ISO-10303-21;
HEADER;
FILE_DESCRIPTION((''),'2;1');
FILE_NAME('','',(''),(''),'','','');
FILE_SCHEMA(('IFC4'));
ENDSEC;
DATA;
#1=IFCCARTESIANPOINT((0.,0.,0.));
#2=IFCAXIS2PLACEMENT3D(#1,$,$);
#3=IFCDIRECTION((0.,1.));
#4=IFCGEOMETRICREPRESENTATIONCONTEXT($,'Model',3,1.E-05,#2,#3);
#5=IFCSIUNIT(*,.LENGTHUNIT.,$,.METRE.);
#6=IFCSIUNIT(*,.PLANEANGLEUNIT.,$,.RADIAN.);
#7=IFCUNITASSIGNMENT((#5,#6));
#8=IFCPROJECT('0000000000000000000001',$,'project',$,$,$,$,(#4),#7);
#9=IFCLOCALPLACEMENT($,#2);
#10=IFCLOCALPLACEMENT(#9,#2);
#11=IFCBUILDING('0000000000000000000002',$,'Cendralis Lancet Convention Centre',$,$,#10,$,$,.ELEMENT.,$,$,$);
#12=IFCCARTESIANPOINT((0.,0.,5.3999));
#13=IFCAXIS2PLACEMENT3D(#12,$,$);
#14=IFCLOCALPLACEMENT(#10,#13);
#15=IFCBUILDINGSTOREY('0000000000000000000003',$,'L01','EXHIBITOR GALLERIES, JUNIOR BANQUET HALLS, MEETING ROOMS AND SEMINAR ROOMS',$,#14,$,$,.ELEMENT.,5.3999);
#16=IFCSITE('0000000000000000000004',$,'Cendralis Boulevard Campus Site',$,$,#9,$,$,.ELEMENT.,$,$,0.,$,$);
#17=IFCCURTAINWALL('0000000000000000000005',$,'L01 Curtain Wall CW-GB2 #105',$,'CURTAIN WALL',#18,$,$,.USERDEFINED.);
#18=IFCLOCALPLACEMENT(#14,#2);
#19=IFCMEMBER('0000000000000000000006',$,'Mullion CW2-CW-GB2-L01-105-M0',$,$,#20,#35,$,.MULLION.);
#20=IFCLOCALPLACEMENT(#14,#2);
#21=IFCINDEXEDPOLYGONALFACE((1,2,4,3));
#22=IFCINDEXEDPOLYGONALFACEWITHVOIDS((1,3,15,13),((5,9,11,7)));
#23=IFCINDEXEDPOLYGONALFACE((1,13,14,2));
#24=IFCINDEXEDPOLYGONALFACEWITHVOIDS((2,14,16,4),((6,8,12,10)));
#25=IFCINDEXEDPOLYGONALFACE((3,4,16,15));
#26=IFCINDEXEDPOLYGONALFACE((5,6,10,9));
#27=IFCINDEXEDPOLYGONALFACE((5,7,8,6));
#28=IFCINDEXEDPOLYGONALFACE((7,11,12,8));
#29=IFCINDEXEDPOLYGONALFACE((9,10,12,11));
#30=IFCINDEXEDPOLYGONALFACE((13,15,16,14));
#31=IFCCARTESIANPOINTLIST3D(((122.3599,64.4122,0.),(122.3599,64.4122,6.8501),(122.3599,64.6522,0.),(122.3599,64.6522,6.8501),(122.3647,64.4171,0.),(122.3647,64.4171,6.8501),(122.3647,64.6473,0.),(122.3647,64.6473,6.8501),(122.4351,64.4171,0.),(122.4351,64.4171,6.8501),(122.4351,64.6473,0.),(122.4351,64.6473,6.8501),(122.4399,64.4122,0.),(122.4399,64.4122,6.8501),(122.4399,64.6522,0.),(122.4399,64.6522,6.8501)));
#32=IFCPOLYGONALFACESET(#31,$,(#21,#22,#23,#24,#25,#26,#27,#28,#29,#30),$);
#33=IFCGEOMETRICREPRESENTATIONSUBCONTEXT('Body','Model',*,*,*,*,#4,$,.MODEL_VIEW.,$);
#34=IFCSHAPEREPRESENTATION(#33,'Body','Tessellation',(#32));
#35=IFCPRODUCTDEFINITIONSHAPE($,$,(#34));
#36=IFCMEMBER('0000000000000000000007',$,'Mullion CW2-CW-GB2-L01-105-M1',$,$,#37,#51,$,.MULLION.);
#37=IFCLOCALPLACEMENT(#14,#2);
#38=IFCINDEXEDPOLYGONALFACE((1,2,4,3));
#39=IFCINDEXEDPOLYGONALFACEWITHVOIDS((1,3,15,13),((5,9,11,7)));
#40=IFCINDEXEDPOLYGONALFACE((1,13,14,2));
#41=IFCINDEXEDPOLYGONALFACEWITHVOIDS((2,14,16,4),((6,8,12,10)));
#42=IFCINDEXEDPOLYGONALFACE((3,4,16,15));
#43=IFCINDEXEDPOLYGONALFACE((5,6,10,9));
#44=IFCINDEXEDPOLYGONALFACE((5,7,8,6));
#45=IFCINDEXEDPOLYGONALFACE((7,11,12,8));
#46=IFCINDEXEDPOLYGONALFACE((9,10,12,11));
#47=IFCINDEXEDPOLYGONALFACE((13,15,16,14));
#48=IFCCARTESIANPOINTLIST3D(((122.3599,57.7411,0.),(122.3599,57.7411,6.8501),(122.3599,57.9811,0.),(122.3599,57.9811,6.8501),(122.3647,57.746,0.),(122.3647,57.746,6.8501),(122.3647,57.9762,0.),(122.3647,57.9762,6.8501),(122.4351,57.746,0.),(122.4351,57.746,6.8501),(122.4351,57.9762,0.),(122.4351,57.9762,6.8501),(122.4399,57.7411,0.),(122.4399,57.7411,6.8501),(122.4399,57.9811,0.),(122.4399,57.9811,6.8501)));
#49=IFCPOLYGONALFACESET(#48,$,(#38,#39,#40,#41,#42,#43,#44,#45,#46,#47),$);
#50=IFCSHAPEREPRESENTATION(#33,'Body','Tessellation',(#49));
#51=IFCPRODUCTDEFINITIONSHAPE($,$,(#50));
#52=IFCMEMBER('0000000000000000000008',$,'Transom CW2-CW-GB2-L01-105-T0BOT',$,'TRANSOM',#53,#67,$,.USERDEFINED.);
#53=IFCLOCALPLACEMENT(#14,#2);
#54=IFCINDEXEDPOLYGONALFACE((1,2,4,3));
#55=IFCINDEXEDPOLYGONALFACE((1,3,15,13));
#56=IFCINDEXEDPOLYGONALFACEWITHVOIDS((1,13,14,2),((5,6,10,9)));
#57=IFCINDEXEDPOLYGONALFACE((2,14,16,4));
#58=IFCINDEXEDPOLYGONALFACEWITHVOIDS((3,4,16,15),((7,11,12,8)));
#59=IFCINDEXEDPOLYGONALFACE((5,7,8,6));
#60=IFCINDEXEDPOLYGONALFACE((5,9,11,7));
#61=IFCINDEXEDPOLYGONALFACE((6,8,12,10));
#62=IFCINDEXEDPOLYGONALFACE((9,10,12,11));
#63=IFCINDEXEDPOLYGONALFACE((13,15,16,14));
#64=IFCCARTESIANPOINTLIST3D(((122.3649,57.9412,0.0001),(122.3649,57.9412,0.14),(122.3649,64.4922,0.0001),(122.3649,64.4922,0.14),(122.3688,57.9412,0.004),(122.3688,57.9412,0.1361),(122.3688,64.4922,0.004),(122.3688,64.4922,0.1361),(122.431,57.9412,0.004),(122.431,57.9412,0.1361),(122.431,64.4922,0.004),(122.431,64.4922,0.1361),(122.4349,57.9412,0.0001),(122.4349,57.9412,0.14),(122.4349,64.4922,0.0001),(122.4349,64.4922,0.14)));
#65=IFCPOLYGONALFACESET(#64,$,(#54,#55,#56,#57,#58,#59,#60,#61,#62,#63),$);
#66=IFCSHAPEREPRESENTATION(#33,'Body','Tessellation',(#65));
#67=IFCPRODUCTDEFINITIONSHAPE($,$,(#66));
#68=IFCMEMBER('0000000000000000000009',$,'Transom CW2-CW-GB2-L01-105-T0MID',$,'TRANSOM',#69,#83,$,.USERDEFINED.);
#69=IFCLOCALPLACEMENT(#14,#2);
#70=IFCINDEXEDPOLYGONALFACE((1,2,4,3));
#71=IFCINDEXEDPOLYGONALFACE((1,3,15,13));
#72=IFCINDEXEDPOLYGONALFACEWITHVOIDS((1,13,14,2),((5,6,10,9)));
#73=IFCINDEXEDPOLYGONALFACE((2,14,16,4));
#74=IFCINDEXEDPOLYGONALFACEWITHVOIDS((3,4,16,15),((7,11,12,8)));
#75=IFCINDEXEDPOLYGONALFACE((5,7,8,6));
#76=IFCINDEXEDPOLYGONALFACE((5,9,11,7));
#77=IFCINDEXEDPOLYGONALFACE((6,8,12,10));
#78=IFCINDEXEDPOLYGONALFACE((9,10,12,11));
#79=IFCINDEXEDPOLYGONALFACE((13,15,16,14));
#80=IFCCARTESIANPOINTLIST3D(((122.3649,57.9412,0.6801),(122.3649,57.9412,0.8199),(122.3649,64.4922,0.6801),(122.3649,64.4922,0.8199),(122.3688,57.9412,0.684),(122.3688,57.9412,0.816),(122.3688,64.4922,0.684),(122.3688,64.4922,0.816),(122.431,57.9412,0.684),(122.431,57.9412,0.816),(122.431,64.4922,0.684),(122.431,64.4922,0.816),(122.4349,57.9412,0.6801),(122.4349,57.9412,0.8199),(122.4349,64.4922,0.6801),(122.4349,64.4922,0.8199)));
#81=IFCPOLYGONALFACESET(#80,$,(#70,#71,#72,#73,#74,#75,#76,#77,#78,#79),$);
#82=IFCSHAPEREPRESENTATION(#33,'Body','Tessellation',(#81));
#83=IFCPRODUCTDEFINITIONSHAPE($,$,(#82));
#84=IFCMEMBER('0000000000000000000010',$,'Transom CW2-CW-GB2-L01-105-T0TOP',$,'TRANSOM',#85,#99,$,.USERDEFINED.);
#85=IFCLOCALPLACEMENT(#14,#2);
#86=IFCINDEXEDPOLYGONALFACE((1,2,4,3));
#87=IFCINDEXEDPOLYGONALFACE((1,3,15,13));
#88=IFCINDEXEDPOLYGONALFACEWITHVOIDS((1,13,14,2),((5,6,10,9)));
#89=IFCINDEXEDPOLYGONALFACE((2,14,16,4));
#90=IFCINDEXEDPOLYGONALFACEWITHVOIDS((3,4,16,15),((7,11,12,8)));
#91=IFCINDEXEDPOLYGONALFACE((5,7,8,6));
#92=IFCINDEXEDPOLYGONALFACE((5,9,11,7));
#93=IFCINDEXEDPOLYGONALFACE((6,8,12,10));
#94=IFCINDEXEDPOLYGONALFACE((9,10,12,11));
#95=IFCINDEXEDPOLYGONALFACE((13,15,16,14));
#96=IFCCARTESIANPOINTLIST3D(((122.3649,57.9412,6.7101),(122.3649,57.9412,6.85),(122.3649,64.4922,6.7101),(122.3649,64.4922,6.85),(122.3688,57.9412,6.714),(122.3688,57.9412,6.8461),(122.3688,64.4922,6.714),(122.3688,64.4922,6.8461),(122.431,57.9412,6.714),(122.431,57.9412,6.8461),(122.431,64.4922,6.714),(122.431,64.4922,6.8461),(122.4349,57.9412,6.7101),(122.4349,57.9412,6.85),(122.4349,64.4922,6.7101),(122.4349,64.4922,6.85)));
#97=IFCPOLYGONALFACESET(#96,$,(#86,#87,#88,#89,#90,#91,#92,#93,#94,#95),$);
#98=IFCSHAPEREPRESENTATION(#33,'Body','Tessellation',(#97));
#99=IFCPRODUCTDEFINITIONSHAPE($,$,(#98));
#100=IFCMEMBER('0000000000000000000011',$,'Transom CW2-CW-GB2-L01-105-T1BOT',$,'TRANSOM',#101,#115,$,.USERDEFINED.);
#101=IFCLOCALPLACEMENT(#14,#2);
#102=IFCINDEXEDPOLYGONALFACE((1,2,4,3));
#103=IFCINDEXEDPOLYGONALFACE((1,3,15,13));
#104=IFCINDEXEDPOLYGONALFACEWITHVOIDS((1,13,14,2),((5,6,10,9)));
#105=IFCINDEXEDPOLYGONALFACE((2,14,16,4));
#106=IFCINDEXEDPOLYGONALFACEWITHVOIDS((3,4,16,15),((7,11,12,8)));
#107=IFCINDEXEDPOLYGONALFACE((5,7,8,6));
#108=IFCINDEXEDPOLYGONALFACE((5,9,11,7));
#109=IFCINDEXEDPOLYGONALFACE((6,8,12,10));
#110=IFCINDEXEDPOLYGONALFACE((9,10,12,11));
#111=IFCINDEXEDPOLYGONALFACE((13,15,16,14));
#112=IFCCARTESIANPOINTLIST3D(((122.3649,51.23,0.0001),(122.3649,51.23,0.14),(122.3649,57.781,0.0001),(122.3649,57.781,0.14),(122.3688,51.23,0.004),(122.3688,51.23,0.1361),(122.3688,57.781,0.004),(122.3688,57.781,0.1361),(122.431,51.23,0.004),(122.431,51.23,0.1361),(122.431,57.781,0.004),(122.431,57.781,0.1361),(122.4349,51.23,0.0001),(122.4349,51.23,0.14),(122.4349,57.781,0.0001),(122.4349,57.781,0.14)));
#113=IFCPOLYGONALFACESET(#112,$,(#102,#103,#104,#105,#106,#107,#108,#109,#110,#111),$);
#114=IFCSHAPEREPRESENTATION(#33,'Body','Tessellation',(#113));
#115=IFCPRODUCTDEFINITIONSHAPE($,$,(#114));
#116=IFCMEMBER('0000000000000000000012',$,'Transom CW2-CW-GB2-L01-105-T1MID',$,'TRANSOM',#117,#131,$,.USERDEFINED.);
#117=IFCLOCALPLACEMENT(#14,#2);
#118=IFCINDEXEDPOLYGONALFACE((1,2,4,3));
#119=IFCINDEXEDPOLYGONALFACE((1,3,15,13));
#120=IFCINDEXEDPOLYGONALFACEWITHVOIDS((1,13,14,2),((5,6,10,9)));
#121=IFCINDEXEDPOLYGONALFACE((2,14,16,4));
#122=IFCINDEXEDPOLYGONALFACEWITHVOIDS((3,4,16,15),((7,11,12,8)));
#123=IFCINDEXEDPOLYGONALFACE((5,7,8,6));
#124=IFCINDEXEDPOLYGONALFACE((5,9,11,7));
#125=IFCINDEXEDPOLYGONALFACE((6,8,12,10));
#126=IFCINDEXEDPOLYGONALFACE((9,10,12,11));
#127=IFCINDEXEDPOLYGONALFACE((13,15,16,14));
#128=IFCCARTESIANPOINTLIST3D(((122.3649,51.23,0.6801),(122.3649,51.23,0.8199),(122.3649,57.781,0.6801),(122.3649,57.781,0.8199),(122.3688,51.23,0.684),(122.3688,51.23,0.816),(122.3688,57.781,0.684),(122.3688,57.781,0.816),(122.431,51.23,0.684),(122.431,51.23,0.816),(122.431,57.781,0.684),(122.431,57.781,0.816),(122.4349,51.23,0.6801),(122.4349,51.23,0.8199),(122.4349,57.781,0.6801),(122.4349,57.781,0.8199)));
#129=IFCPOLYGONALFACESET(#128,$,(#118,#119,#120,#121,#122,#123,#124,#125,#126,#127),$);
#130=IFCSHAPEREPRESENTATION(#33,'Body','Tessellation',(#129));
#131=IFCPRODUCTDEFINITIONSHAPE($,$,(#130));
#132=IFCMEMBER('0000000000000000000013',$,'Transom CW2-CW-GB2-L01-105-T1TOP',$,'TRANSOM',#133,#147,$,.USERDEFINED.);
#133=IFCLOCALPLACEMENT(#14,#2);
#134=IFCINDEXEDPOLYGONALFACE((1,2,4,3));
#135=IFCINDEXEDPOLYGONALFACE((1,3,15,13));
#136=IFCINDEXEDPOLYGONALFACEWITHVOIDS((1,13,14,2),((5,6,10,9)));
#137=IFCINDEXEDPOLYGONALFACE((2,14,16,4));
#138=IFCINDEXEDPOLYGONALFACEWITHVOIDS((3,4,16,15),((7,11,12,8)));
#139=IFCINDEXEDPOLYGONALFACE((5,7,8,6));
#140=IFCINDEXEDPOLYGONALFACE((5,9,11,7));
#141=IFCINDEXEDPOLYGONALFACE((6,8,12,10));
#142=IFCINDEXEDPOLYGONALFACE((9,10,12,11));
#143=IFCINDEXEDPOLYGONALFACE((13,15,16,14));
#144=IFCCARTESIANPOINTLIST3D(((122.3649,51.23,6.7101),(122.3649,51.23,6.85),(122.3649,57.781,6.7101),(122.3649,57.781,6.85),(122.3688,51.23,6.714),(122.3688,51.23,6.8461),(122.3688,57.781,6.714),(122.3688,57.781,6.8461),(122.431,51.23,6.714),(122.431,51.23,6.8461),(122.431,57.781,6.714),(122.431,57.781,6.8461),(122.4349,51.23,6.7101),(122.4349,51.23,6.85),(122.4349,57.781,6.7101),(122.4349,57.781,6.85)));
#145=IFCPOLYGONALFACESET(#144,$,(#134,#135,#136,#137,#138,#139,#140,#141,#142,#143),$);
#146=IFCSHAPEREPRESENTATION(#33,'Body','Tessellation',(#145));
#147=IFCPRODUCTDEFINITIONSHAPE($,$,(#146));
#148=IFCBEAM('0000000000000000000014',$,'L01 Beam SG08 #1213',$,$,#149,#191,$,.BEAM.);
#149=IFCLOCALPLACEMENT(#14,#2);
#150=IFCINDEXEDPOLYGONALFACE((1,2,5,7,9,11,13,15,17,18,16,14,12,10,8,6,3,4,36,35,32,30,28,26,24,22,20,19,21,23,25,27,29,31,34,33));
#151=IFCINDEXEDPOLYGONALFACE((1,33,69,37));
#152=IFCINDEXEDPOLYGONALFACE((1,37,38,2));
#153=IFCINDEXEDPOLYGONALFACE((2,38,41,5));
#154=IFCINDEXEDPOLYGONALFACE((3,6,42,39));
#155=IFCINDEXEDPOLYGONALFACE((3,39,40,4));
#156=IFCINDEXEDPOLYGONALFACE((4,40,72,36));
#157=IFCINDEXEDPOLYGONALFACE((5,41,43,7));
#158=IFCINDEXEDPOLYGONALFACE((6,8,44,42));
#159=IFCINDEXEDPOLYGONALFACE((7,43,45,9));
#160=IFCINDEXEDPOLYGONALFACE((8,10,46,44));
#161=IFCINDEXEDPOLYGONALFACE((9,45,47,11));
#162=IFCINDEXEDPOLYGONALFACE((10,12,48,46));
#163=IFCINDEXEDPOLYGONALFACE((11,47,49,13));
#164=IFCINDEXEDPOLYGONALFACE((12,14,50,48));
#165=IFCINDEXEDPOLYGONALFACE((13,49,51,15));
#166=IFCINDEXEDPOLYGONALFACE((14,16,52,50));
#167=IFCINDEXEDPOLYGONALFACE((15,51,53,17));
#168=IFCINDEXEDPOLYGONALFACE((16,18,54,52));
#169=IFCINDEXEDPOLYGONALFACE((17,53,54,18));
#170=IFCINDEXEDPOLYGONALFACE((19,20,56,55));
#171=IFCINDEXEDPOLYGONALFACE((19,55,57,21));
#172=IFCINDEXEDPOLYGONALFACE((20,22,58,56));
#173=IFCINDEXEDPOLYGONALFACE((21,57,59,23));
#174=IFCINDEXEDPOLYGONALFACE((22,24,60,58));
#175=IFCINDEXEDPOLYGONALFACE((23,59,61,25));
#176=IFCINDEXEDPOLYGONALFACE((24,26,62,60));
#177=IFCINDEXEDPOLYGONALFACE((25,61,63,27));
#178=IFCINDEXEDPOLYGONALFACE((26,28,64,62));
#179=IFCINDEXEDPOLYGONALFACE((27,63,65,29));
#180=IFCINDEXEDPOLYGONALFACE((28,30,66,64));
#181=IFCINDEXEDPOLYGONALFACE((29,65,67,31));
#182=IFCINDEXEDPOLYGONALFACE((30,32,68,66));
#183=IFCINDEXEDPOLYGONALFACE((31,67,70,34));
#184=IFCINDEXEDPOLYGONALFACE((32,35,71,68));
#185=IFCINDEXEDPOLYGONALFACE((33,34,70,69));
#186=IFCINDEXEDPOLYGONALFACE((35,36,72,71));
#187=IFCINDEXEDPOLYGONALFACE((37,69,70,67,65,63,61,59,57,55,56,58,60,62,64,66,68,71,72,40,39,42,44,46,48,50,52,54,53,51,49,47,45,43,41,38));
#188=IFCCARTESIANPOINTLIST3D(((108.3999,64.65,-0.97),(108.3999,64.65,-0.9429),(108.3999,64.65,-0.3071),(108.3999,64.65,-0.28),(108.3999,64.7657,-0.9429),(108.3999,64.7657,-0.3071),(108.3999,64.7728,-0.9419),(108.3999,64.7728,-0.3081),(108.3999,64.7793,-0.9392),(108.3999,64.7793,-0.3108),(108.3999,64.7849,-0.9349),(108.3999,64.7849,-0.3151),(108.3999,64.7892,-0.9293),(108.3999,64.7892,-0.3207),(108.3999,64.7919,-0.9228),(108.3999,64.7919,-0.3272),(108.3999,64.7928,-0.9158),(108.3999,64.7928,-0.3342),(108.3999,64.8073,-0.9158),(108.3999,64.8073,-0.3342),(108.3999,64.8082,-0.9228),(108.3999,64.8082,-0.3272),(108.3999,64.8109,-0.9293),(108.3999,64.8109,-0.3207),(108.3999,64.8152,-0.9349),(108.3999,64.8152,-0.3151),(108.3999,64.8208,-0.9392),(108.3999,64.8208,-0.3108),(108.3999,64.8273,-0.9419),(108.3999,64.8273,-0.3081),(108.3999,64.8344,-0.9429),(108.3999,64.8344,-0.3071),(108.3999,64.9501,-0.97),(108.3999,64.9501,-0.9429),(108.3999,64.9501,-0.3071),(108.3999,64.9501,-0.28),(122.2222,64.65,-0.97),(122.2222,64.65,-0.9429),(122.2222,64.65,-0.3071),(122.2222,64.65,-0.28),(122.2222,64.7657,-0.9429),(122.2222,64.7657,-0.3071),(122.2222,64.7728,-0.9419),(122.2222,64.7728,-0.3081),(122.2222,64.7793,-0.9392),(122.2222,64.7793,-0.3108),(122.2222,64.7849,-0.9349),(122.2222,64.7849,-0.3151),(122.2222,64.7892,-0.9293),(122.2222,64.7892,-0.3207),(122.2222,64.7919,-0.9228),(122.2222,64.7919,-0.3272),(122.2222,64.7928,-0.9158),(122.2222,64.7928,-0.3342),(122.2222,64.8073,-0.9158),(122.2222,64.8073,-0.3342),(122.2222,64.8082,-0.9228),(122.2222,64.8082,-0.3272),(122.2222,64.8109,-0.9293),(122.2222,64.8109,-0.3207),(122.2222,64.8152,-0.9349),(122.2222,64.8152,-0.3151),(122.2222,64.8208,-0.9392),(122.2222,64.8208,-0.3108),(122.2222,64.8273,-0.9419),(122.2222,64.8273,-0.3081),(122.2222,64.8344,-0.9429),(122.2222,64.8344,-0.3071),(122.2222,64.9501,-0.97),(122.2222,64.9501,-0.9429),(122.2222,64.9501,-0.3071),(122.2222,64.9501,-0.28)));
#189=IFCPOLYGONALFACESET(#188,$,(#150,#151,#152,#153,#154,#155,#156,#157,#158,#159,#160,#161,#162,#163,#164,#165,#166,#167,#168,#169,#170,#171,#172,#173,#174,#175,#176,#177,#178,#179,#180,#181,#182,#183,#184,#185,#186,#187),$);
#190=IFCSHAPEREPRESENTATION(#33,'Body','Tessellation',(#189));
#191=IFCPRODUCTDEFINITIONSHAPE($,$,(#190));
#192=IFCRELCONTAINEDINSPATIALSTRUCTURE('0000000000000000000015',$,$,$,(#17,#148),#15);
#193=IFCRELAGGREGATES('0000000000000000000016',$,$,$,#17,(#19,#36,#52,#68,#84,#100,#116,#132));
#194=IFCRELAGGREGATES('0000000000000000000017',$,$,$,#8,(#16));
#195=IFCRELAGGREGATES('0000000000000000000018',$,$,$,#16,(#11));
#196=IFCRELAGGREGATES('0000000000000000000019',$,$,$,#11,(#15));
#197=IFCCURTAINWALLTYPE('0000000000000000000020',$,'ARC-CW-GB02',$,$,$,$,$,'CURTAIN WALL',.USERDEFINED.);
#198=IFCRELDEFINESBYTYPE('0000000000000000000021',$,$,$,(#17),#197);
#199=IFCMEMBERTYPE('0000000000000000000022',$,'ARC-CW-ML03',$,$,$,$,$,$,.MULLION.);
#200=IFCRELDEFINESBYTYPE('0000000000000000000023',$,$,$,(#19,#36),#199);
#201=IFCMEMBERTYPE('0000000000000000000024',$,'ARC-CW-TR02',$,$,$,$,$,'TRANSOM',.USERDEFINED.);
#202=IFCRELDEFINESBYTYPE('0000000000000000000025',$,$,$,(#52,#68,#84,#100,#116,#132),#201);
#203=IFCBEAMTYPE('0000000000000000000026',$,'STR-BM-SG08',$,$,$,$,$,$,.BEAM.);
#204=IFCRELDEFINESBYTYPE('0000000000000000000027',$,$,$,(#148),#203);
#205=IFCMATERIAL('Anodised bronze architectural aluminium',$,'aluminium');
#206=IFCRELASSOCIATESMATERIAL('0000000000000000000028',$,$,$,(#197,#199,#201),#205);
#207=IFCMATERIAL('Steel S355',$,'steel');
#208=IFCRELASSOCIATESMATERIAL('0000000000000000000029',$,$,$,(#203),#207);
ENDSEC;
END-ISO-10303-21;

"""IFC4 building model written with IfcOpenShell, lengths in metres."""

from ifc_helpers import new_model, si_unit, direction, frame, origin, origin_2d, place, context, subcontext, project, spatial, hollow_rectangle, i_section, extrude, material, material_profile, profile_set, type_object, element, aggregate, save


model = new_model("IFC4")

# Units and contexts
model_context = context("Model", 3, precision=1e-05, world=origin(), true_north=direction((0.0, 1.0)))
body_context = subcontext(model_context, "Body", "Model", "MODEL_VIEW")
ifc_project = project(units=[si_unit("LENGTHUNIT", "METRE"), si_unit("PLANEANGLEUNIT", "RADIAN")], contexts=[model_context])

# Site, building, storey
site_placement = place(None, origin())
site = spatial("IfcSite", under=ifc_project, at=site_placement, Name="Cendralis Boulevard Campus Site", CompositionType="ELEMENT", RefElevation=0.0)
building_placement = place(site_placement, origin())
building = spatial("IfcBuilding", under=site, at=building_placement, Name="Cendralis Lancet Convention Centre", CompositionType="ELEMENT")
storey_placement = place(building_placement, frame((0.0, 0.0, 5.3999)))
storey = spatial("IfcBuildingStorey", under=building, at=storey_placement, Name="L01", Description="EXHIBITOR GALLERIES, JUNIOR BANQUET HALLS, MEETING ROOMS AND SEMINAR ROOMS", CompositionType="ELEMENT", Elevation=5.3999)

# Curtain wall, members
ifc_material_1 = material(Name="Anodised bronze architectural aluminium", Category="aluminium")
curtain_wall_type = type_object("IfcCurtainWallType", Name="ARC-CW-GB02", ElementType="CURTAIN WALL", PredefinedType="USERDEFINED", material=ifc_material_1)
curtain_wall_placement = place(storey_placement, origin())
curtain_wall = element("IfcCurtainWall", 1, at=curtain_wall_placement, inside=storey, type_object=curtain_wall_type, Name="L01 Curtain Wall CW-GB2 #105", ObjectType="CURTAIN WALL", PredefinedType="USERDEFINED")
ifc_material_profile_1 = material_profile(ifc_material_1, hollow_rectangle(XDim=0.0801, YDim=0.24, WallThickness=0.0049, at=origin_2d()), Name="AL-MULL 80x240x5.0")
ifc_profile_set_1 = profile_set([ifc_material_profile_1], Name="Anodised bronze architectural aluminium")
member_type_1 = type_object("IfcMemberType", Name="ARC-CW-ML03", PredefinedType="MULLION", material=ifc_profile_set_1)
member_1_placement = place(storey_placement, frame((122.3999, 64.5322, 0.0), z_axis=(0.0, 0.0, 1.0), x_axis=(1.0, 0.0, 0.0)))
member_1 = element("IfcMember", 2, at=member_1_placement, type_object=member_type_1, Name="Mullion CW2-CW-GB2-L01-105-M0", PredefinedType="MULLION", context=body_context, shape_type="SweptSolid", body=[
    extrude(hollow_rectangle(XDim=0.0801, YDim=0.24, WallThickness=0.0049, at=origin_2d()), origin(), (0.0, 0.0, 1.0), 6.8501),
])
member_2_placement = place(storey_placement, frame((122.3999, 57.8611, 0.0), z_axis=(0.0, 0.0, 1.0), x_axis=(1.0, 0.0, 0.0)))
member_2 = element("IfcMember", 3, at=member_2_placement, type_object=member_type_1, Name="Mullion CW2-CW-GB2-L01-105-M1", PredefinedType="MULLION", context=body_context, shape_type="SweptSolid", body=[
    extrude(hollow_rectangle(XDim=0.0801, YDim=0.24, WallThickness=0.0049, at=origin_2d()), origin(), (0.0, 0.0, 1.0), 6.8501),
])
ifc_material_profile_2 = material_profile(ifc_material_1, hollow_rectangle(XDim=0.0701, YDim=0.1399, WallThickness=0.0039, at=origin_2d()), Name="AL-TRAN 70x140x4.0")
ifc_profile_set_2 = profile_set([ifc_material_profile_2], Name="Anodised bronze architectural aluminium")
member_type_2 = type_object("IfcMemberType", Name="ARC-CW-TR02", ElementType="TRANSOM", PredefinedType="USERDEFINED", material=ifc_profile_set_2)
member_3_placement = place(storey_placement, frame((122.3999, 64.4922, 0.0701), z_axis=(0.0, -1.0, 0.0), x_axis=(1.0, 0.0, 0.0)))
member_3 = element("IfcMember", 4, at=member_3_placement, type_object=member_type_2, Name="Transom CW2-CW-GB2-L01-105-T0BOT", ObjectType="TRANSOM", PredefinedType="USERDEFINED", context=body_context, shape_type="SweptSolid", body=[
    extrude(hollow_rectangle(XDim=0.0701, YDim=0.1399, WallThickness=0.0039, at=origin_2d()), origin(), (0.0, 0.0, 1.0), 6.551),
])
member_4_placement = place(storey_placement, frame((122.3999, 64.4922, 0.75), z_axis=(0.0, -1.0, 0.0), x_axis=(1.0, 0.0, 0.0)))
member_4 = element("IfcMember", 5, at=member_4_placement, type_object=member_type_2, Name="Transom CW2-CW-GB2-L01-105-T0MID", ObjectType="TRANSOM", PredefinedType="USERDEFINED", context=body_context, shape_type="SweptSolid", body=[
    extrude(hollow_rectangle(XDim=0.0701, YDim=0.1399, WallThickness=0.0039, at=origin_2d()), origin(), (0.0, 0.0, 1.0), 6.551),
])
member_5_placement = place(storey_placement, frame((122.3999, 64.4922, 6.78), z_axis=(0.0, -1.0, 0.0), x_axis=(1.0, 0.0, 0.0)))
member_5 = element("IfcMember", 6, at=member_5_placement, type_object=member_type_2, Name="Transom CW2-CW-GB2-L01-105-T0TOP", ObjectType="TRANSOM", PredefinedType="USERDEFINED", context=body_context, shape_type="SweptSolid", body=[
    extrude(hollow_rectangle(XDim=0.0701, YDim=0.1399, WallThickness=0.0039, at=origin_2d()), origin(), (0.0, 0.0, 1.0), 6.551),
])
member_6_placement = place(storey_placement, frame((122.3999, 57.781, 0.0701), z_axis=(0.0, -1.0, 0.0), x_axis=(1.0, 0.0, 0.0)))
member_6 = element("IfcMember", 7, at=member_6_placement, type_object=member_type_2, Name="Transom CW2-CW-GB2-L01-105-T1BOT", ObjectType="TRANSOM", PredefinedType="USERDEFINED", context=body_context, shape_type="SweptSolid", body=[
    extrude(hollow_rectangle(XDim=0.0701, YDim=0.1399, WallThickness=0.0039, at=origin_2d()), origin(), (0.0, 0.0, 1.0), 6.551),
])
member_7_placement = place(storey_placement, frame((122.3999, 57.781, 0.75), z_axis=(0.0, -1.0, 0.0), x_axis=(1.0, 0.0, 0.0)))
member_7 = element("IfcMember", 8, at=member_7_placement, type_object=member_type_2, Name="Transom CW2-CW-GB2-L01-105-T1MID", ObjectType="TRANSOM", PredefinedType="USERDEFINED", context=body_context, shape_type="SweptSolid", body=[
    extrude(hollow_rectangle(XDim=0.0701, YDim=0.1399, WallThickness=0.0039, at=origin_2d()), origin(), (0.0, 0.0, 1.0), 6.551),
])
member_8_placement = place(storey_placement, frame((122.3999, 57.781, 6.78), z_axis=(0.0, -1.0, 0.0), x_axis=(1.0, 0.0, 0.0)))
member_8 = element("IfcMember", 9, at=member_8_placement, type_object=member_type_2, Name="Transom CW2-CW-GB2-L01-105-T1TOP", ObjectType="TRANSOM", PredefinedType="USERDEFINED", context=body_context, shape_type="SweptSolid", body=[
    extrude(hollow_rectangle(XDim=0.0701, YDim=0.1399, WallThickness=0.0039, at=origin_2d()), origin(), (0.0, 0.0, 1.0), 6.551),
])

# Beam
ifc_material_2 = material(Name="Steel S355", Category="steel")
ifc_material_profile_3 = material_profile(ifc_material_2, i_section(OverallWidth=0.3, OverallDepth=0.6899, WebThickness=0.0144, FlangeThickness=0.0271, FilletRadius=0.0271, at=origin_2d()), Name="HEA 700")
ifc_profile_set_3 = profile_set([ifc_material_profile_3], Name="Steel S355")
beam_type = type_object("IfcBeamType", Name="STR-BM-SG08", PredefinedType="BEAM", material=ifc_profile_set_3)
beam_placement = place(storey_placement, frame((108.3999, 64.8, -0.625), z_axis=(1.0, 0.0, 0.0), x_axis=(0.0, 1.0, 0.0)))
element("IfcBeam", 10, at=beam_placement, inside=storey, type_object=beam_type, Name="L01 Beam SG08 #1213", PredefinedType="BEAM", context=body_context, shape_type="SweptSolid", body=[
    extrude(i_section(OverallWidth=0.3, OverallDepth=0.6899, WebThickness=0.0144, FlangeThickness=0.0271, FilletRadius=0.0271, at=origin_2d()), origin(), (0.0, 0.0, 1.0), 13.8223),
])

aggregate(curtain_wall, [member_1, member_2, member_3, member_4, member_5, member_6, member_7, member_8])

save(model, "model.ifc")
